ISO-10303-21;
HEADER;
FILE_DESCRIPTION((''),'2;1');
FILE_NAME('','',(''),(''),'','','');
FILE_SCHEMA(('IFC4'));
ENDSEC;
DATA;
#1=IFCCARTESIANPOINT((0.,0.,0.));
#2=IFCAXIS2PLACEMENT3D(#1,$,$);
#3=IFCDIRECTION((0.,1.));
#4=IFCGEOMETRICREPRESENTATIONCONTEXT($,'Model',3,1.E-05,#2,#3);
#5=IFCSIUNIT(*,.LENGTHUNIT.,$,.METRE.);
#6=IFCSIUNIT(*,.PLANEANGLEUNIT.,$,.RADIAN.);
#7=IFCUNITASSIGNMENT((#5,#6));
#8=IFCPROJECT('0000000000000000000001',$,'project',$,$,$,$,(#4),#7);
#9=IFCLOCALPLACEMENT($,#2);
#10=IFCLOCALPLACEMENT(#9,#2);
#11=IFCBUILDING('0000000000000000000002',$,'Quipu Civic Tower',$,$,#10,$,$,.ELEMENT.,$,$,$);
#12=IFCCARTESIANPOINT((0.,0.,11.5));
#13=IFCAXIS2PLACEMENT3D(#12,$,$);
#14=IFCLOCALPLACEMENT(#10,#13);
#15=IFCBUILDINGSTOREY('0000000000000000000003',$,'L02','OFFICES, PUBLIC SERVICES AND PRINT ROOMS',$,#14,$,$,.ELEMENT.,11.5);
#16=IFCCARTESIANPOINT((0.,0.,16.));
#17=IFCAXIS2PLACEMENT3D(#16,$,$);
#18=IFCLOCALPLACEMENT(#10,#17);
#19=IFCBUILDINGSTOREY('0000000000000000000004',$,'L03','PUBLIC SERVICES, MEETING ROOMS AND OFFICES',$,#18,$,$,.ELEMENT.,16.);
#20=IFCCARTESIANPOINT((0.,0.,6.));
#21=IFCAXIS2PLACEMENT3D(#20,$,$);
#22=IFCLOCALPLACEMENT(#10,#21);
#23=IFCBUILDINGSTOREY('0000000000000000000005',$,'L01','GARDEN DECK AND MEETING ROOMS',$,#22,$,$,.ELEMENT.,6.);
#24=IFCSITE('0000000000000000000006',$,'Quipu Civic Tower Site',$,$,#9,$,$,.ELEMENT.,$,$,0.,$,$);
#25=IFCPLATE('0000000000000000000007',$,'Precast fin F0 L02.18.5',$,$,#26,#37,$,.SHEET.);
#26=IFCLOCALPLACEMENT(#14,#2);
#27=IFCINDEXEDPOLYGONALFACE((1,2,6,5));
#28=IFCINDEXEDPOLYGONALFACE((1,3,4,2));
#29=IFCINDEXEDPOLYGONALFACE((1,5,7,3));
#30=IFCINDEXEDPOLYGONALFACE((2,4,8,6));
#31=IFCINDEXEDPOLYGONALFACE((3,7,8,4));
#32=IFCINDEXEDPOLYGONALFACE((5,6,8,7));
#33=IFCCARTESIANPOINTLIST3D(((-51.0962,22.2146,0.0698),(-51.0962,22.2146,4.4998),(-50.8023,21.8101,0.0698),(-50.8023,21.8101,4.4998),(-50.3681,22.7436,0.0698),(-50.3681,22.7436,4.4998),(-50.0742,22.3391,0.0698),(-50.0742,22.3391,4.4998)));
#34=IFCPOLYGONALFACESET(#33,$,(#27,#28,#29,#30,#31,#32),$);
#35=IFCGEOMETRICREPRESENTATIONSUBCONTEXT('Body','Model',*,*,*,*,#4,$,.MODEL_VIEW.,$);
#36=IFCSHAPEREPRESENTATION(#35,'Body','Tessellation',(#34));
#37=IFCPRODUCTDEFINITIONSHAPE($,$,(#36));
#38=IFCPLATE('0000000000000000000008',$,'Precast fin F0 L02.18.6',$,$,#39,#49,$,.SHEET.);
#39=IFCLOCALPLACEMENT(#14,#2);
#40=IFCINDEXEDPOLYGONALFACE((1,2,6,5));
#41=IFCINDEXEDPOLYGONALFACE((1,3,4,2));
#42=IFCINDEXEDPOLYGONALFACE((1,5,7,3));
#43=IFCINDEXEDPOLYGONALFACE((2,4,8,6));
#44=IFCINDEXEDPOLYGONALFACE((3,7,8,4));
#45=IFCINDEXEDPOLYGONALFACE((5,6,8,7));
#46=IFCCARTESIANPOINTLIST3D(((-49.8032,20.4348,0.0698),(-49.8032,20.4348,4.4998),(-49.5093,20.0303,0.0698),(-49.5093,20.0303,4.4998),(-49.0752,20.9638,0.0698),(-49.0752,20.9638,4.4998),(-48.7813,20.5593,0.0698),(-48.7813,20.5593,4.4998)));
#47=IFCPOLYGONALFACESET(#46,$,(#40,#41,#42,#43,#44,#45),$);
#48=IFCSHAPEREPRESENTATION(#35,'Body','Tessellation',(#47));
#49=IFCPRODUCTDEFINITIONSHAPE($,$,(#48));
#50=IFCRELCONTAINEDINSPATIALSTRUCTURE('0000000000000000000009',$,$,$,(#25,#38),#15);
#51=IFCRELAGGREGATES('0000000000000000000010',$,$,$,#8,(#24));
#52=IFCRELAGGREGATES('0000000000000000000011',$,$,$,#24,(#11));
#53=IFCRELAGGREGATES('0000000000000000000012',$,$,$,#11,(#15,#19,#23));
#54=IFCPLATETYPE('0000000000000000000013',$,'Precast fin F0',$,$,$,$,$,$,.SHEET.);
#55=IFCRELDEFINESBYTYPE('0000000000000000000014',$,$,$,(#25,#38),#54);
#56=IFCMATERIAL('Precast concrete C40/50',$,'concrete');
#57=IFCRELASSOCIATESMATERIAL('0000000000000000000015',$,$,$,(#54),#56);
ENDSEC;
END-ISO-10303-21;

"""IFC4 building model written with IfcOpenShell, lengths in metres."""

from ifc_helpers import new_model, si_unit, direction, frame, origin, origin_2d, place, context, subcontext, project, spatial, rectangle, extrude, material, type_object, element, save


model = new_model("IFC4")

# Units and contexts
model_context = context("Model", 3, precision=1e-05, world=origin(), true_north=direction((0.0, 1.0)))
body_context = subcontext(model_context, "Body", "Model", "MODEL_VIEW")
ifc_project = project(units=[si_unit("LENGTHUNIT", "METRE"), si_unit("PLANEANGLEUNIT", "RADIAN")], contexts=[model_context])

# Site, building, storey
site_placement = place(None, origin())
site = spatial("IfcSite", under=ifc_project, at=site_placement, Name="Quipu Civic Tower Site", CompositionType="ELEMENT", RefElevation=0.0)
building_placement = place(site_placement, origin())
building = spatial("IfcBuilding", under=site, at=building_placement, Name="Quipu Civic Tower", CompositionType="ELEMENT")
storey_1_placement = place(building_placement, frame((0.0, 0.0, 11.5)))
storey_1 = spatial("IfcBuildingStorey", under=building, at=storey_1_placement, Name="L02", Description="OFFICES, PUBLIC SERVICES AND PRINT ROOMS", CompositionType="ELEMENT", Elevation=11.5)

# Shared definitions
storey_2_placement = place(building_placement, frame((0.0, 0.0, 16.0)))
storey_2 = spatial("IfcBuildingStorey", under=building, at=storey_2_placement, Name="L03", Description="PUBLIC SERVICES, MEETING ROOMS AND OFFICES", CompositionType="ELEMENT", Elevation=16.0)

# Shared definitions
storey_3_placement = place(building_placement, frame((0.0, 0.0, 6.0)))
storey_3 = spatial("IfcBuildingStorey", under=building, at=storey_3_placement, Name="L01", Description="GARDEN DECK AND MEETING ROOMS", CompositionType="ELEMENT", Elevation=6.0)

# Plates
ifc_material_1 = material(Name="Precast concrete C40/50", Category="concrete")
plate_type_1 = type_object("IfcPlateType", Name="Precast fin F0", PredefinedType="SHEET", material=ifc_material_1)
for number, where, z_axis, x_axis, name in (
    (1, (-50.5852, 22.2769, 0.0698), (0.0, 0.0, 1.0), (0.587786, -0.809017, 0.0), "Precast fin F0 L02.18.5"),
    (2, (-49.2922, 20.4971, 0.0698), (0.0, 0.0, 1.0), (0.587786, -0.809017, 0.0), "Precast fin F0 L02.18.6"),
):
    element("IfcPlate", number, at=place(storey_1_placement, frame(where, z_axis=z_axis, x_axis=x_axis)), inside=storey_1, type_object=plate_type_1, Name=name, PredefinedType="SHEET", context=body_context, shape_type="SweptSolid", body=[
        extrude(rectangle(XDim=0.5, YDim=0.8999, at=origin_2d()), origin(), (0.0, 0.0, 1.0), 4.4299),
    ])

save(model, "model.ifc")
